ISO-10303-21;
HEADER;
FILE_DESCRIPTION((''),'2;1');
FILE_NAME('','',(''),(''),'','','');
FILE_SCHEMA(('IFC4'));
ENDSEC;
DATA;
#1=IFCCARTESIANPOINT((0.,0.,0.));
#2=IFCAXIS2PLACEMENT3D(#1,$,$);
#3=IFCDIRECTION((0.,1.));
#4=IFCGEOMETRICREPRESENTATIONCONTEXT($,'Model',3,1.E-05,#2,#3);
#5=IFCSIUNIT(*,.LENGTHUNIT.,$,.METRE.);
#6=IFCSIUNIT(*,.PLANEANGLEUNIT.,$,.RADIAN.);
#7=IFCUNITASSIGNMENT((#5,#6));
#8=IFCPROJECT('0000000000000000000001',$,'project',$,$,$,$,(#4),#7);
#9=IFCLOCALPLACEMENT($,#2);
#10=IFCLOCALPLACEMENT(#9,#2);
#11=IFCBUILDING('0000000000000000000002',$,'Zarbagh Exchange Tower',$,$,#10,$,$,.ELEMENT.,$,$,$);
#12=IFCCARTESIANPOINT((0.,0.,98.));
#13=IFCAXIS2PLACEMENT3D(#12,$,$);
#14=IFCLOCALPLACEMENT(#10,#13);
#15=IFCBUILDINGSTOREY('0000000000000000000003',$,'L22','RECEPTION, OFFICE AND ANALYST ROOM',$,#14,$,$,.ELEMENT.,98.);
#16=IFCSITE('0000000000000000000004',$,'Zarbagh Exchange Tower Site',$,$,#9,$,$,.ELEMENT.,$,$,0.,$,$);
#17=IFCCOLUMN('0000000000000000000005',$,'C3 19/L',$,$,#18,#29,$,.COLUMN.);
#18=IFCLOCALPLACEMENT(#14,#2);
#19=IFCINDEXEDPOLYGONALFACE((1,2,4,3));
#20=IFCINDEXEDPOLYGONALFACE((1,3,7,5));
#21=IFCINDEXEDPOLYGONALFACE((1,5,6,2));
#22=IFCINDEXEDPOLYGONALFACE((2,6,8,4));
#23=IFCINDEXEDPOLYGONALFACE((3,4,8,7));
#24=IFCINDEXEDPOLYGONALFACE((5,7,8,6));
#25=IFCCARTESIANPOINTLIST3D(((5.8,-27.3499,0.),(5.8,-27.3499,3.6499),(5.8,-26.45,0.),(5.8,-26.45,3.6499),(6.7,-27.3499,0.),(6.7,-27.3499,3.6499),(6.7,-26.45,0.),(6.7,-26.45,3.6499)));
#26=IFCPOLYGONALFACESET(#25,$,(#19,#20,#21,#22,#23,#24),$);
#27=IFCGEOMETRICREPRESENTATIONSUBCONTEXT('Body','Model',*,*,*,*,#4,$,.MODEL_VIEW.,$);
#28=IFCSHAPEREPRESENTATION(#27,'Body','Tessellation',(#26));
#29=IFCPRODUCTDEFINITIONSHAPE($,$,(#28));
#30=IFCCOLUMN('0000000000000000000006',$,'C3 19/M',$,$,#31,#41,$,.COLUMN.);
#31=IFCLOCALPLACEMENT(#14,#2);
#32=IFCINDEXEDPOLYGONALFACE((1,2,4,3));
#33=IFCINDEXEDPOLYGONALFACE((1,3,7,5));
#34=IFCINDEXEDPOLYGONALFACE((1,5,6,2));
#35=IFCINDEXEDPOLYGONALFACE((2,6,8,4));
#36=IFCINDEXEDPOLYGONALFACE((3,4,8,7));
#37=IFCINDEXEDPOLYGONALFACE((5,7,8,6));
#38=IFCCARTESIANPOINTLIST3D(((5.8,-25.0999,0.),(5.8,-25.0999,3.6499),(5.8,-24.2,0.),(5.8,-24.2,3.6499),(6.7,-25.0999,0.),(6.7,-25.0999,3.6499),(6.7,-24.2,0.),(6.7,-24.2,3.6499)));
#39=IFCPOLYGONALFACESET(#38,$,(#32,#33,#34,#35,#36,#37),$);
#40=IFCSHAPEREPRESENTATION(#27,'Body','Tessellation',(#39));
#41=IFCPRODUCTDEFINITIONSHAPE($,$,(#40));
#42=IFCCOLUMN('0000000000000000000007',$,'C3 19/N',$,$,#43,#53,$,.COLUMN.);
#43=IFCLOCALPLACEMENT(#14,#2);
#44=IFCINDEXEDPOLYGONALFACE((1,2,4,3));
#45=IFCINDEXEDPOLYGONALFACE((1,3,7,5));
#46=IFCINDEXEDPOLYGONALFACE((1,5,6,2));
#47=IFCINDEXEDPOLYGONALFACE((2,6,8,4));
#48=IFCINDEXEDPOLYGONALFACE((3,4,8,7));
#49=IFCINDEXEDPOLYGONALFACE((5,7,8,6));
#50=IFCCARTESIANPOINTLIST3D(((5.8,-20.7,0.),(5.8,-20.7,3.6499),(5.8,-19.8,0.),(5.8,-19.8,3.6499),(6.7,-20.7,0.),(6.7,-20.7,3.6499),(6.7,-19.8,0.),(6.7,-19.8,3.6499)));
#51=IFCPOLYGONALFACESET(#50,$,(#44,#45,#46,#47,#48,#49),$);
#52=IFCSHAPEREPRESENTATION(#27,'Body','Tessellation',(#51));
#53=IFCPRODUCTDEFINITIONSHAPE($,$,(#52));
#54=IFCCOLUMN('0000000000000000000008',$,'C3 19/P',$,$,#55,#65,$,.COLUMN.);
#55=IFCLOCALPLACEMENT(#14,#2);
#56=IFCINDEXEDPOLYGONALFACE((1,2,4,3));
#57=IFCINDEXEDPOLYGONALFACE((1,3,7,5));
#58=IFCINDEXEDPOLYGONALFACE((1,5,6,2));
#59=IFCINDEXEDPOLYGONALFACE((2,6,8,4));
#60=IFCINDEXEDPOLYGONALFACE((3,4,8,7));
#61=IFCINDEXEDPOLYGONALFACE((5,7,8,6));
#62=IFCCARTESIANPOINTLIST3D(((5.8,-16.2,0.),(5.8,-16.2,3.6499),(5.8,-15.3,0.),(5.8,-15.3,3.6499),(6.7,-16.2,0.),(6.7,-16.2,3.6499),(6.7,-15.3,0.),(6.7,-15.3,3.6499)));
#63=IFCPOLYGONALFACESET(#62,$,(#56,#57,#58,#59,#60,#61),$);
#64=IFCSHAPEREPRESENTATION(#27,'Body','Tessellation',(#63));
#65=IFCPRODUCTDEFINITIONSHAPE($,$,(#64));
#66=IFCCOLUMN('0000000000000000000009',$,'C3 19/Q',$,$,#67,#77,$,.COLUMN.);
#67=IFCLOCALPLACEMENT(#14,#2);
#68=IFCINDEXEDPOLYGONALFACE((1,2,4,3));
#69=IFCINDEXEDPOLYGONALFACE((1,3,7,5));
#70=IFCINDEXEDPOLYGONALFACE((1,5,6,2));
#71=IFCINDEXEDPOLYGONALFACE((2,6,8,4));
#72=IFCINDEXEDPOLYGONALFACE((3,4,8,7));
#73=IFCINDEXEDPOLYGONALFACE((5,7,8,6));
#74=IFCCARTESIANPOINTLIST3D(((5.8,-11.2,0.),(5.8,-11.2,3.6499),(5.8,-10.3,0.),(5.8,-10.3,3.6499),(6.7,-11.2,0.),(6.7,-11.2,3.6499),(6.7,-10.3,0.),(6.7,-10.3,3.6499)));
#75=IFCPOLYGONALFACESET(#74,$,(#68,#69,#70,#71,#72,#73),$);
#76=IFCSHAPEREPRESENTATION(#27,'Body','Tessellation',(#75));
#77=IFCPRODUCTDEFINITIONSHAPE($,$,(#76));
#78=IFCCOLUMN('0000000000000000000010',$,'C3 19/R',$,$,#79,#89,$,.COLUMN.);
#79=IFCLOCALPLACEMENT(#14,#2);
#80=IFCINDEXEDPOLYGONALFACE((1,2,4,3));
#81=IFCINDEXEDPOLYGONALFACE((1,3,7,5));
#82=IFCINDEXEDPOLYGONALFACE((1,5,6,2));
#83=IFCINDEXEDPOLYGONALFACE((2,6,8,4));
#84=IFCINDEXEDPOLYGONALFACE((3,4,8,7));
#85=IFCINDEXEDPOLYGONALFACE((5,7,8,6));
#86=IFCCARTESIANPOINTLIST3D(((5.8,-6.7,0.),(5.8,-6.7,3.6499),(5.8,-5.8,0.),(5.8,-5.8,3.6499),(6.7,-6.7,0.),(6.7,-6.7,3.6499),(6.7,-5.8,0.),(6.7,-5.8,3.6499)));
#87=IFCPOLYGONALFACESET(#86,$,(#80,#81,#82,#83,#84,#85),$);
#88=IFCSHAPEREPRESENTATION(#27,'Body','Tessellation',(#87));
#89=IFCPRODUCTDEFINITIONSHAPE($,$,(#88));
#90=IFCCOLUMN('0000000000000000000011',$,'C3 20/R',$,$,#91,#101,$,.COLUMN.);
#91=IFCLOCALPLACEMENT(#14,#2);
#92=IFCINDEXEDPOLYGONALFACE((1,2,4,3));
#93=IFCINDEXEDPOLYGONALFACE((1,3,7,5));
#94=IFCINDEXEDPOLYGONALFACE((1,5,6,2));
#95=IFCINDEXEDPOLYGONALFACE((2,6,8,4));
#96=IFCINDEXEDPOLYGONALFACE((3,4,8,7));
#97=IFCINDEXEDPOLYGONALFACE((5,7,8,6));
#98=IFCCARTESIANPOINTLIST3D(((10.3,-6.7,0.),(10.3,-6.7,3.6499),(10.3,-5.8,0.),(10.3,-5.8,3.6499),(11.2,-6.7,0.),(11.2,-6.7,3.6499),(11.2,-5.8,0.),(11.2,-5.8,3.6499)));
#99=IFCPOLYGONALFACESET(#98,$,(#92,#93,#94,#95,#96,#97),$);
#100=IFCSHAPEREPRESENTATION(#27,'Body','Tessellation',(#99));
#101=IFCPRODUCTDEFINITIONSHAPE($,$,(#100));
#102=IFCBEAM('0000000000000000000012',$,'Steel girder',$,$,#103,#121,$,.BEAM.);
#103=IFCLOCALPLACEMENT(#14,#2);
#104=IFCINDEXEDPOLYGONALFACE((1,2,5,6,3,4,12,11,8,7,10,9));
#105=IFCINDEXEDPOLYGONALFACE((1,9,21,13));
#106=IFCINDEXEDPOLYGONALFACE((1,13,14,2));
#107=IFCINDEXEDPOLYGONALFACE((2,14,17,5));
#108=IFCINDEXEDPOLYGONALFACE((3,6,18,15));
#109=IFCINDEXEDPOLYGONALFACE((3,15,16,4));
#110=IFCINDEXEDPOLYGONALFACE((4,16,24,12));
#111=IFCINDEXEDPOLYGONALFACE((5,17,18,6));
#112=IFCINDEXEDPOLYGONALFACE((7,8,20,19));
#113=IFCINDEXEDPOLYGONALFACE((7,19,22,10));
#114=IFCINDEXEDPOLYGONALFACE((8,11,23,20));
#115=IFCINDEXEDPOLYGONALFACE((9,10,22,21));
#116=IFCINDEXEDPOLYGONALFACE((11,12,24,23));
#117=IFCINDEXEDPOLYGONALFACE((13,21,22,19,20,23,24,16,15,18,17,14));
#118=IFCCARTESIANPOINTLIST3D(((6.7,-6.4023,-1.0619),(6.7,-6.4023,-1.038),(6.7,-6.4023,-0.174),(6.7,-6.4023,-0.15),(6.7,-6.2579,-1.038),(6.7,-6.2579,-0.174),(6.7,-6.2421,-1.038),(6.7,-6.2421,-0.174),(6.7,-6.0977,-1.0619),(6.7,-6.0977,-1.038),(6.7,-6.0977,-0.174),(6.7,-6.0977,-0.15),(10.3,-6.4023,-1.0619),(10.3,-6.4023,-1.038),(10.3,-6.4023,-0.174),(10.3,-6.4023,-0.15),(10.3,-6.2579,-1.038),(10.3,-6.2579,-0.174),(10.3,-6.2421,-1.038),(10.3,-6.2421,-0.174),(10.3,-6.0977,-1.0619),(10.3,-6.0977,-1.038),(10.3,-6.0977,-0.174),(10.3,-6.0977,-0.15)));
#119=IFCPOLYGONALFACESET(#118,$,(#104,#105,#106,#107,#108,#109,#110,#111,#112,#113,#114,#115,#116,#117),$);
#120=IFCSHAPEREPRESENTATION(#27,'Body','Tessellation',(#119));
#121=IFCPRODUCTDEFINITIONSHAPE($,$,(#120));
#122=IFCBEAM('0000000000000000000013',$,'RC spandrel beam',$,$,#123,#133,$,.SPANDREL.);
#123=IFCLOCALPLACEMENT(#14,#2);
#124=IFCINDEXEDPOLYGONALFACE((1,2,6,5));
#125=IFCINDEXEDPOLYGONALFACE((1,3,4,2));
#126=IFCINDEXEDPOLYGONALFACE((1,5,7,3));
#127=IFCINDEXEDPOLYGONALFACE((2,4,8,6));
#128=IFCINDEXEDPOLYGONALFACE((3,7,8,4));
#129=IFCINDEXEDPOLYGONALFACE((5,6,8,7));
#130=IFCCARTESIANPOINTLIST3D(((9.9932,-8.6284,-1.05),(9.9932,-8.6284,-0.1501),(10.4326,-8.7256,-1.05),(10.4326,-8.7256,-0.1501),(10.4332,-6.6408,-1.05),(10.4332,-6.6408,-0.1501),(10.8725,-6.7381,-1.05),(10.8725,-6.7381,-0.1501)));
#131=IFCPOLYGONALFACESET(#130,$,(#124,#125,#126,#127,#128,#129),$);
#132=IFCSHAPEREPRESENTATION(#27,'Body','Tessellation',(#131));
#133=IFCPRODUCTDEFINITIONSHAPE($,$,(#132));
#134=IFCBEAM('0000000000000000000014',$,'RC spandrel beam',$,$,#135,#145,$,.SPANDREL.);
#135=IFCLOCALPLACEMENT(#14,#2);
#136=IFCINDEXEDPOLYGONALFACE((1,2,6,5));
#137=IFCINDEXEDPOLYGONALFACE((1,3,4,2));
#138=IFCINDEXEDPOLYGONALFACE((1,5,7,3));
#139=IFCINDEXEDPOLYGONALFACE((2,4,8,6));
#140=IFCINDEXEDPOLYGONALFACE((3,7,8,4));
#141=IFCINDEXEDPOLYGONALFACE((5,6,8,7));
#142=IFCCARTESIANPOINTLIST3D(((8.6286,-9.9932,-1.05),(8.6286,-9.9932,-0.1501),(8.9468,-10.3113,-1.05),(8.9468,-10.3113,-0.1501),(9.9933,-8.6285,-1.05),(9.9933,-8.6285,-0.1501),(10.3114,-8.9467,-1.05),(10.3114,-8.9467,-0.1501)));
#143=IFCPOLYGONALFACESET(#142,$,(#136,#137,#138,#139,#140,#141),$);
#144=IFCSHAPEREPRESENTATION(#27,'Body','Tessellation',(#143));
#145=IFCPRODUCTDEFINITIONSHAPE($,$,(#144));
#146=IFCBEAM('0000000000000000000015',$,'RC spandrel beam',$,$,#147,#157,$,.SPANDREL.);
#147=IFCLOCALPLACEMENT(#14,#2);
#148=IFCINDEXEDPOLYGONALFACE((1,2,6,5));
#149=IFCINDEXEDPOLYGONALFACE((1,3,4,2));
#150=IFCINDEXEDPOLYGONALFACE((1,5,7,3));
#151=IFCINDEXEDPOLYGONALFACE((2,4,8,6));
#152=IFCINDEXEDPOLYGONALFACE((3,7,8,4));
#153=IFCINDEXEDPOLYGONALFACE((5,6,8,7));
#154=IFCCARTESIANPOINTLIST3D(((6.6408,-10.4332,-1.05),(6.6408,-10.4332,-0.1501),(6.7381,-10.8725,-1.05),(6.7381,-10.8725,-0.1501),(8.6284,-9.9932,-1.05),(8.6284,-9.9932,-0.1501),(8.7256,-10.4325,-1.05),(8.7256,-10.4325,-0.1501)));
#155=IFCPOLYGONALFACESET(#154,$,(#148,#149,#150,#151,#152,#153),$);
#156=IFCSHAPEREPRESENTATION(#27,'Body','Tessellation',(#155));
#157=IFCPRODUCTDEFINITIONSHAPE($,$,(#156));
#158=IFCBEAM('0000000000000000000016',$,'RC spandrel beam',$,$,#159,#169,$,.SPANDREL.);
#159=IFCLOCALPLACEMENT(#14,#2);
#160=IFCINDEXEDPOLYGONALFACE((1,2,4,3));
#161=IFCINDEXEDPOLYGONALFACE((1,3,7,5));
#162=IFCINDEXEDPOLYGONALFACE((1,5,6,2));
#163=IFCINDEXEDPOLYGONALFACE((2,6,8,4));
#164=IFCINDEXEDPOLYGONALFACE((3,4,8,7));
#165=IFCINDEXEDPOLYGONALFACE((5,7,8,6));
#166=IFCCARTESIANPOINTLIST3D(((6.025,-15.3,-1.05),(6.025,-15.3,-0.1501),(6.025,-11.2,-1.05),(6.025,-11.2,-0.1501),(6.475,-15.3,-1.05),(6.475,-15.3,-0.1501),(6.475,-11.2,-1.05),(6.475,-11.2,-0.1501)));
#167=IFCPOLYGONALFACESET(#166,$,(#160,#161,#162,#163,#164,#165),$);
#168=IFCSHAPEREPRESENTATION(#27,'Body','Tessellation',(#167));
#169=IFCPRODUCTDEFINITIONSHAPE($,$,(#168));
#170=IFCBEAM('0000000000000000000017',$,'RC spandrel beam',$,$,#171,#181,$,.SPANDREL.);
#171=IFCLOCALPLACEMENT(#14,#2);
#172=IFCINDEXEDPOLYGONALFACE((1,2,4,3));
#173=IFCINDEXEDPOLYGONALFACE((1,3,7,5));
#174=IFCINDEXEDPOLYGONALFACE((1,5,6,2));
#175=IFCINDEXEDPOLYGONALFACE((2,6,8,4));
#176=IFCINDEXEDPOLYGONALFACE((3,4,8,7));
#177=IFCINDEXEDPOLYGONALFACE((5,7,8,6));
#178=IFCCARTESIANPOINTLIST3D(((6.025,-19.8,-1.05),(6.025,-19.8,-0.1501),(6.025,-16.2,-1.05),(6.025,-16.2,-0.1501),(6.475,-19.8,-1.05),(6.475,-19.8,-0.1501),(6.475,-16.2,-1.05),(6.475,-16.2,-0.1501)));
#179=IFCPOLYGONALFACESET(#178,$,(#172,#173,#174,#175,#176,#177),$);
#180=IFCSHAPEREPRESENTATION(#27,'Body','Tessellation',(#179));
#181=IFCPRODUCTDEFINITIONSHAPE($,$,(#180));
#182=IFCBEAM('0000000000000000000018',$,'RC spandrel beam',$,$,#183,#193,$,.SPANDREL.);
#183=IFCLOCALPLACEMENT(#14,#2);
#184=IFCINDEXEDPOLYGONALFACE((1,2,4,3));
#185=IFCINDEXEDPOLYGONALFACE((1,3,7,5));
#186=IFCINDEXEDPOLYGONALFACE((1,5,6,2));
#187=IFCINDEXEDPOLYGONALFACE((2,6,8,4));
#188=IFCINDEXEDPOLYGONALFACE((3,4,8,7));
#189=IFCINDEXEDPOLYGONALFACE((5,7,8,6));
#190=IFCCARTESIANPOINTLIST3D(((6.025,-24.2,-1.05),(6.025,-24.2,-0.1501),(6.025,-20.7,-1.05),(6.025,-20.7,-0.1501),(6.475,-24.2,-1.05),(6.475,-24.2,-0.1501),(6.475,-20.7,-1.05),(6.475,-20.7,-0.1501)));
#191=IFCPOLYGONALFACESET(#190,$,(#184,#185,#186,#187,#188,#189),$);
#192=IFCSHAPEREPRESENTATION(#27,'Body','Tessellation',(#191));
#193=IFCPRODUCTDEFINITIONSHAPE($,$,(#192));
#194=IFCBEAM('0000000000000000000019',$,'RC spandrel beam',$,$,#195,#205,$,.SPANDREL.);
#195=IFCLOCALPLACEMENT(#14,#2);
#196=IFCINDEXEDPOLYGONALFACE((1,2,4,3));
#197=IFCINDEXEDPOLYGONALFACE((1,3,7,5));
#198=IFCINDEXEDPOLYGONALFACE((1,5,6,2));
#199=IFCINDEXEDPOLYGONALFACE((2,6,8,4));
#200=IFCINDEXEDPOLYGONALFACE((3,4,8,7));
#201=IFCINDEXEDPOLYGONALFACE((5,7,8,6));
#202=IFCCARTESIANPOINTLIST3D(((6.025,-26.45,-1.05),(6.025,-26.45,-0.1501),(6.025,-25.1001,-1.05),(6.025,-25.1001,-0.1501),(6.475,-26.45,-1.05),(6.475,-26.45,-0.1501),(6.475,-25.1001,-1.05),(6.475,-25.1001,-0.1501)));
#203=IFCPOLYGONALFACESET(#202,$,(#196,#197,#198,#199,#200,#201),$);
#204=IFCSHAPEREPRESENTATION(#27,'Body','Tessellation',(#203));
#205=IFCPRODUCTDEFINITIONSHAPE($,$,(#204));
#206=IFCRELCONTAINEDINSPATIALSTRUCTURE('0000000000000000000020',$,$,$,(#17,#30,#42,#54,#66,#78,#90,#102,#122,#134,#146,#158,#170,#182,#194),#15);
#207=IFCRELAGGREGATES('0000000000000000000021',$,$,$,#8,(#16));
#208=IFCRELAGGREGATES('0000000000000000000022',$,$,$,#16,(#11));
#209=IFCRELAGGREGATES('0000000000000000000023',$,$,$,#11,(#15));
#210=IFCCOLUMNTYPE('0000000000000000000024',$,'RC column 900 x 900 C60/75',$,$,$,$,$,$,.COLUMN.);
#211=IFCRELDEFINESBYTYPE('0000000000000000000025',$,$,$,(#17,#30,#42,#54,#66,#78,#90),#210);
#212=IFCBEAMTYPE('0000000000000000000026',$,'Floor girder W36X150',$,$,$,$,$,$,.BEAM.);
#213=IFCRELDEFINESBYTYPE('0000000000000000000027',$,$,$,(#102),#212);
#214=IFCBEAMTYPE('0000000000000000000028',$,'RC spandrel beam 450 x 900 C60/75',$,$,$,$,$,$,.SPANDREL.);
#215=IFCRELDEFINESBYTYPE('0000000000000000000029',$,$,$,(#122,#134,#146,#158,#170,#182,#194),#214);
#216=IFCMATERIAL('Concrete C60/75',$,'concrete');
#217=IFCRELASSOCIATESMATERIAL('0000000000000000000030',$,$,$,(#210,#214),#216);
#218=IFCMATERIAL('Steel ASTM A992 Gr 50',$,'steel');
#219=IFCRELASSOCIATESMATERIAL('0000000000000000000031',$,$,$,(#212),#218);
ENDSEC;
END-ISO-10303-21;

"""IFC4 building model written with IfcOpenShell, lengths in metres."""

from ifc_helpers import new_model, si_unit, direction, frame, origin, origin_2d, place, context, subcontext, project, spatial, rectangle, i_section, extrude, material, material_profile, profile_set, type_object, element, save


model = new_model("IFC4")

# Units and contexts
model_context = context("Model", 3, precision=1e-05, world=origin(), true_north=direction((0.0, 1.0)))
body_context = subcontext(model_context, "Body", "Model", "MODEL_VIEW")
ifc_project = project(units=[si_unit("LENGTHUNIT", "METRE"), si_unit("PLANEANGLEUNIT", "RADIAN")], contexts=[model_context])

# Site, building, storey
site_placement = place(None, origin())
site = spatial("IfcSite", under=ifc_project, at=site_placement, Name="Zarbagh Exchange Tower Site", CompositionType="ELEMENT", RefElevation=0.0)
building_placement = place(site_placement, origin())
building = spatial("IfcBuilding", under=site, at=building_placement, Name="Zarbagh Exchange Tower", CompositionType="ELEMENT")
storey_placement = place(building_placement, frame((0.0, 0.0, 98.0)))
storey = spatial("IfcBuildingStorey", under=building, at=storey_placement, Name="L22", Description="RECEPTION, OFFICE AND ANALYST ROOM", CompositionType="ELEMENT", Elevation=98.0)

# Columns
ifc_material_1 = material(Name="Concrete C60/75", Category="concrete")
ifc_material_profile_1 = material_profile(ifc_material_1, rectangle(XDim=0.8999, YDim=0.8999, at=origin_2d()), Name="RC column 900 x 900 C60/75")
ifc_profile_set_1 = profile_set([ifc_material_profile_1], Name="Concrete C60/75")
column_type = type_object("IfcColumnType", Name="RC column 900 x 900 C60/75", PredefinedType="COLUMN", material=ifc_profile_set_1)
for number, where, z_axis, x_axis, name in (
    (1, (6.25, -26.8999, 0.0), (0.0, 0.0, 1.0), (1.0, 0.0, 0.0), "C3 19/L"),
    (2, (6.25, -24.6499, 0.0), (0.0, 0.0, 1.0), (1.0, 0.0, 0.0), "C3 19/M"),
    (3, (6.25, -20.25, 0.0), (0.0, 0.0, 1.0), (1.0, 0.0, 0.0), "C3 19/N"),
    (4, (6.25, -15.75, 0.0), (0.0, 0.0, 1.0), (1.0, 0.0, 0.0), "C3 19/P"),
    (5, (6.25, -10.75, 0.0), (0.0, 0.0, 1.0), (1.0, 0.0, 0.0), "C3 19/Q"),
    (6, (6.25, -6.25, 0.0), (0.0, 0.0, 1.0), (1.0, 0.0, 0.0), "C3 19/R"),
    (7, (10.75, -6.25, 0.0), (0.0, 0.0, 1.0), (1.0, 0.0, 0.0), "C3 20/R"),
):
    element("IfcColumn", number, at=place(storey_placement, frame(where, z_axis=z_axis, x_axis=x_axis)), inside=storey, type_object=column_type, Name=name, PredefinedType="COLUMN", context=body_context, shape_type="SweptSolid", body=[
        extrude(rectangle(XDim=0.8999, YDim=0.8999, at=origin_2d()), origin(), (0.0, 0.0, 1.0), 3.6499),
    ])

# Beams
ifc_material_2 = material(Name="Steel ASTM A992 Gr 50", Category="steel")
ifc_material_profile_2 = material_profile(ifc_material_2, i_section(OverallWidth=0.3047, OverallDepth=0.9119, WebThickness=0.0159, FlangeThickness=0.0239, at=origin_2d()), Name="W36X150")
ifc_profile_set_2 = profile_set([ifc_material_profile_2], Name="Steel ASTM A992 Gr 50")
beam_type_1 = type_object("IfcBeamType", Name="Floor girder W36X150", PredefinedType="BEAM", material=ifc_profile_set_2)
beam_1_placement = place(storey_placement, frame((6.7, -6.25, -0.606), z_axis=(1.0, 0.0, 0.0), x_axis=(0.0, 1.0, 0.0)))
element("IfcBeam", 8, at=beam_1_placement, inside=storey, type_object=beam_type_1, Name="Steel girder", PredefinedType="BEAM", context=body_context, shape_type="SweptSolid", body=[
    extrude(i_section(OverallWidth=0.3047, OverallDepth=0.9119, WebThickness=0.0159, FlangeThickness=0.0239, at=origin_2d()), origin(), (0.0, 0.0, 1.0), 3.6001),
])
ifc_material_profile_3 = material_profile(ifc_material_1, rectangle(XDim=0.45, YDim=0.8999, at=origin_2d()), Name="RC spandrel beam 450 x 900 C60/75")
ifc_profile_set_3 = profile_set([ifc_material_profile_3], Name="Concrete C60/75")
beam_type_2 = type_object("IfcBeamType", Name="RC spandrel beam 450 x 900 C60/75", PredefinedType="SPANDREL", material=ifc_profile_set_3)
beam_2_placement = place(storey_placement, frame((10.6528, -6.6895, -0.6001), z_axis=(-0.216118, -0.976367, 0.0), x_axis=(0.976367, -0.216118, 0.0)))
element("IfcBeam", 9, at=beam_2_placement, inside=storey, type_object=beam_type_2, Name="RC spandrel beam", PredefinedType="SPANDREL", context=body_context, shape_type="SweptSolid", body=[
    extrude(rectangle(XDim=0.45, YDim=0.8999, at=origin_2d()), origin(), (0.0, 0.0, 1.0), 2.0356),
])
beam_3_placement = place(storey_placement, frame((10.1523, -8.7876, -0.6001), z_axis=(-0.707107, -0.707107, 0.0), x_axis=(0.707107, -0.707107, 0.0)))
element("IfcBeam", 10, at=beam_3_placement, inside=storey, type_object=beam_type_2, Name="RC spandrel beam", PredefinedType="SPANDREL", context=body_context, shape_type="SweptSolid", body=[
    extrude(rectangle(XDim=0.45, YDim=0.8999, at=origin_2d()), origin(), (0.0, 0.0, 1.0), 1.9299),
])
beam_4_placement = place(storey_placement, frame((8.677, -10.2129, -0.6001), z_axis=(-0.976367, -0.216118, 0.0), x_axis=(0.216118, -0.976367, 0.0)))
element("IfcBeam", 11, at=beam_4_placement, inside=storey, type_object=beam_type_2, Name="RC spandrel beam", PredefinedType="SPANDREL", context=body_context, shape_type="SweptSolid", body=[
    extrude(rectangle(XDim=0.45, YDim=0.8999, at=origin_2d()), origin(), (0.0, 0.0, 1.0), 2.0356),
])
beam_5_placement = place(storey_placement, frame((6.25, -11.2, -0.6001), z_axis=(0.0, -1.0, 0.0), x_axis=(1.0, 0.0, 0.0)))
element("IfcBeam", 12, at=beam_5_placement, inside=storey, type_object=beam_type_2, Name="RC spandrel beam", PredefinedType="SPANDREL", context=body_context, shape_type="SweptSolid", body=[
    extrude(rectangle(XDim=0.45, YDim=0.8999, at=origin_2d()), origin(), (0.0, 0.0, 1.0), 4.1001),
])
beam_6_placement = place(storey_placement, frame((6.25, -16.2, -0.6001), z_axis=(0.0, -1.0, 0.0), x_axis=(1.0, 0.0, 0.0)))
element("IfcBeam", 13, at=beam_6_placement, inside=storey, type_object=beam_type_2, Name="RC spandrel beam", PredefinedType="SPANDREL", context=body_context, shape_type="SweptSolid", body=[
    extrude(rectangle(XDim=0.45, YDim=0.8999, at=origin_2d()), origin(), (0.0, 0.0, 1.0), 3.6001),
])
beam_7_placement = place(storey_placement, frame((6.25, -20.7, -0.6001), z_axis=(0.0, -1.0, 0.0), x_axis=(1.0, 0.0, 0.0)))
element("IfcBeam", 14, at=beam_7_placement, inside=storey, type_object=beam_type_2, Name="RC spandrel beam", PredefinedType="SPANDREL", context=body_context, shape_type="SweptSolid", body=[
    extrude(rectangle(XDim=0.45, YDim=0.8999, at=origin_2d()), origin(), (0.0, 0.0, 1.0), 3.5),
])
beam_8_placement = place(storey_placement, frame((6.25, -25.1001, -0.6001), z_axis=(0.0, -1.0, 0.0), x_axis=(1.0, 0.0, 0.0)))
element("IfcBeam", 15, at=beam_8_placement, inside=storey, type_object=beam_type_2, Name="RC spandrel beam", PredefinedType="SPANDREL", context=body_context, shape_type="SweptSolid", body=[
    extrude(rectangle(XDim=0.45, YDim=0.8999, at=origin_2d()), origin(), (0.0, 0.0, 1.0), 1.3499),
])

save(model, "model.ifc")
